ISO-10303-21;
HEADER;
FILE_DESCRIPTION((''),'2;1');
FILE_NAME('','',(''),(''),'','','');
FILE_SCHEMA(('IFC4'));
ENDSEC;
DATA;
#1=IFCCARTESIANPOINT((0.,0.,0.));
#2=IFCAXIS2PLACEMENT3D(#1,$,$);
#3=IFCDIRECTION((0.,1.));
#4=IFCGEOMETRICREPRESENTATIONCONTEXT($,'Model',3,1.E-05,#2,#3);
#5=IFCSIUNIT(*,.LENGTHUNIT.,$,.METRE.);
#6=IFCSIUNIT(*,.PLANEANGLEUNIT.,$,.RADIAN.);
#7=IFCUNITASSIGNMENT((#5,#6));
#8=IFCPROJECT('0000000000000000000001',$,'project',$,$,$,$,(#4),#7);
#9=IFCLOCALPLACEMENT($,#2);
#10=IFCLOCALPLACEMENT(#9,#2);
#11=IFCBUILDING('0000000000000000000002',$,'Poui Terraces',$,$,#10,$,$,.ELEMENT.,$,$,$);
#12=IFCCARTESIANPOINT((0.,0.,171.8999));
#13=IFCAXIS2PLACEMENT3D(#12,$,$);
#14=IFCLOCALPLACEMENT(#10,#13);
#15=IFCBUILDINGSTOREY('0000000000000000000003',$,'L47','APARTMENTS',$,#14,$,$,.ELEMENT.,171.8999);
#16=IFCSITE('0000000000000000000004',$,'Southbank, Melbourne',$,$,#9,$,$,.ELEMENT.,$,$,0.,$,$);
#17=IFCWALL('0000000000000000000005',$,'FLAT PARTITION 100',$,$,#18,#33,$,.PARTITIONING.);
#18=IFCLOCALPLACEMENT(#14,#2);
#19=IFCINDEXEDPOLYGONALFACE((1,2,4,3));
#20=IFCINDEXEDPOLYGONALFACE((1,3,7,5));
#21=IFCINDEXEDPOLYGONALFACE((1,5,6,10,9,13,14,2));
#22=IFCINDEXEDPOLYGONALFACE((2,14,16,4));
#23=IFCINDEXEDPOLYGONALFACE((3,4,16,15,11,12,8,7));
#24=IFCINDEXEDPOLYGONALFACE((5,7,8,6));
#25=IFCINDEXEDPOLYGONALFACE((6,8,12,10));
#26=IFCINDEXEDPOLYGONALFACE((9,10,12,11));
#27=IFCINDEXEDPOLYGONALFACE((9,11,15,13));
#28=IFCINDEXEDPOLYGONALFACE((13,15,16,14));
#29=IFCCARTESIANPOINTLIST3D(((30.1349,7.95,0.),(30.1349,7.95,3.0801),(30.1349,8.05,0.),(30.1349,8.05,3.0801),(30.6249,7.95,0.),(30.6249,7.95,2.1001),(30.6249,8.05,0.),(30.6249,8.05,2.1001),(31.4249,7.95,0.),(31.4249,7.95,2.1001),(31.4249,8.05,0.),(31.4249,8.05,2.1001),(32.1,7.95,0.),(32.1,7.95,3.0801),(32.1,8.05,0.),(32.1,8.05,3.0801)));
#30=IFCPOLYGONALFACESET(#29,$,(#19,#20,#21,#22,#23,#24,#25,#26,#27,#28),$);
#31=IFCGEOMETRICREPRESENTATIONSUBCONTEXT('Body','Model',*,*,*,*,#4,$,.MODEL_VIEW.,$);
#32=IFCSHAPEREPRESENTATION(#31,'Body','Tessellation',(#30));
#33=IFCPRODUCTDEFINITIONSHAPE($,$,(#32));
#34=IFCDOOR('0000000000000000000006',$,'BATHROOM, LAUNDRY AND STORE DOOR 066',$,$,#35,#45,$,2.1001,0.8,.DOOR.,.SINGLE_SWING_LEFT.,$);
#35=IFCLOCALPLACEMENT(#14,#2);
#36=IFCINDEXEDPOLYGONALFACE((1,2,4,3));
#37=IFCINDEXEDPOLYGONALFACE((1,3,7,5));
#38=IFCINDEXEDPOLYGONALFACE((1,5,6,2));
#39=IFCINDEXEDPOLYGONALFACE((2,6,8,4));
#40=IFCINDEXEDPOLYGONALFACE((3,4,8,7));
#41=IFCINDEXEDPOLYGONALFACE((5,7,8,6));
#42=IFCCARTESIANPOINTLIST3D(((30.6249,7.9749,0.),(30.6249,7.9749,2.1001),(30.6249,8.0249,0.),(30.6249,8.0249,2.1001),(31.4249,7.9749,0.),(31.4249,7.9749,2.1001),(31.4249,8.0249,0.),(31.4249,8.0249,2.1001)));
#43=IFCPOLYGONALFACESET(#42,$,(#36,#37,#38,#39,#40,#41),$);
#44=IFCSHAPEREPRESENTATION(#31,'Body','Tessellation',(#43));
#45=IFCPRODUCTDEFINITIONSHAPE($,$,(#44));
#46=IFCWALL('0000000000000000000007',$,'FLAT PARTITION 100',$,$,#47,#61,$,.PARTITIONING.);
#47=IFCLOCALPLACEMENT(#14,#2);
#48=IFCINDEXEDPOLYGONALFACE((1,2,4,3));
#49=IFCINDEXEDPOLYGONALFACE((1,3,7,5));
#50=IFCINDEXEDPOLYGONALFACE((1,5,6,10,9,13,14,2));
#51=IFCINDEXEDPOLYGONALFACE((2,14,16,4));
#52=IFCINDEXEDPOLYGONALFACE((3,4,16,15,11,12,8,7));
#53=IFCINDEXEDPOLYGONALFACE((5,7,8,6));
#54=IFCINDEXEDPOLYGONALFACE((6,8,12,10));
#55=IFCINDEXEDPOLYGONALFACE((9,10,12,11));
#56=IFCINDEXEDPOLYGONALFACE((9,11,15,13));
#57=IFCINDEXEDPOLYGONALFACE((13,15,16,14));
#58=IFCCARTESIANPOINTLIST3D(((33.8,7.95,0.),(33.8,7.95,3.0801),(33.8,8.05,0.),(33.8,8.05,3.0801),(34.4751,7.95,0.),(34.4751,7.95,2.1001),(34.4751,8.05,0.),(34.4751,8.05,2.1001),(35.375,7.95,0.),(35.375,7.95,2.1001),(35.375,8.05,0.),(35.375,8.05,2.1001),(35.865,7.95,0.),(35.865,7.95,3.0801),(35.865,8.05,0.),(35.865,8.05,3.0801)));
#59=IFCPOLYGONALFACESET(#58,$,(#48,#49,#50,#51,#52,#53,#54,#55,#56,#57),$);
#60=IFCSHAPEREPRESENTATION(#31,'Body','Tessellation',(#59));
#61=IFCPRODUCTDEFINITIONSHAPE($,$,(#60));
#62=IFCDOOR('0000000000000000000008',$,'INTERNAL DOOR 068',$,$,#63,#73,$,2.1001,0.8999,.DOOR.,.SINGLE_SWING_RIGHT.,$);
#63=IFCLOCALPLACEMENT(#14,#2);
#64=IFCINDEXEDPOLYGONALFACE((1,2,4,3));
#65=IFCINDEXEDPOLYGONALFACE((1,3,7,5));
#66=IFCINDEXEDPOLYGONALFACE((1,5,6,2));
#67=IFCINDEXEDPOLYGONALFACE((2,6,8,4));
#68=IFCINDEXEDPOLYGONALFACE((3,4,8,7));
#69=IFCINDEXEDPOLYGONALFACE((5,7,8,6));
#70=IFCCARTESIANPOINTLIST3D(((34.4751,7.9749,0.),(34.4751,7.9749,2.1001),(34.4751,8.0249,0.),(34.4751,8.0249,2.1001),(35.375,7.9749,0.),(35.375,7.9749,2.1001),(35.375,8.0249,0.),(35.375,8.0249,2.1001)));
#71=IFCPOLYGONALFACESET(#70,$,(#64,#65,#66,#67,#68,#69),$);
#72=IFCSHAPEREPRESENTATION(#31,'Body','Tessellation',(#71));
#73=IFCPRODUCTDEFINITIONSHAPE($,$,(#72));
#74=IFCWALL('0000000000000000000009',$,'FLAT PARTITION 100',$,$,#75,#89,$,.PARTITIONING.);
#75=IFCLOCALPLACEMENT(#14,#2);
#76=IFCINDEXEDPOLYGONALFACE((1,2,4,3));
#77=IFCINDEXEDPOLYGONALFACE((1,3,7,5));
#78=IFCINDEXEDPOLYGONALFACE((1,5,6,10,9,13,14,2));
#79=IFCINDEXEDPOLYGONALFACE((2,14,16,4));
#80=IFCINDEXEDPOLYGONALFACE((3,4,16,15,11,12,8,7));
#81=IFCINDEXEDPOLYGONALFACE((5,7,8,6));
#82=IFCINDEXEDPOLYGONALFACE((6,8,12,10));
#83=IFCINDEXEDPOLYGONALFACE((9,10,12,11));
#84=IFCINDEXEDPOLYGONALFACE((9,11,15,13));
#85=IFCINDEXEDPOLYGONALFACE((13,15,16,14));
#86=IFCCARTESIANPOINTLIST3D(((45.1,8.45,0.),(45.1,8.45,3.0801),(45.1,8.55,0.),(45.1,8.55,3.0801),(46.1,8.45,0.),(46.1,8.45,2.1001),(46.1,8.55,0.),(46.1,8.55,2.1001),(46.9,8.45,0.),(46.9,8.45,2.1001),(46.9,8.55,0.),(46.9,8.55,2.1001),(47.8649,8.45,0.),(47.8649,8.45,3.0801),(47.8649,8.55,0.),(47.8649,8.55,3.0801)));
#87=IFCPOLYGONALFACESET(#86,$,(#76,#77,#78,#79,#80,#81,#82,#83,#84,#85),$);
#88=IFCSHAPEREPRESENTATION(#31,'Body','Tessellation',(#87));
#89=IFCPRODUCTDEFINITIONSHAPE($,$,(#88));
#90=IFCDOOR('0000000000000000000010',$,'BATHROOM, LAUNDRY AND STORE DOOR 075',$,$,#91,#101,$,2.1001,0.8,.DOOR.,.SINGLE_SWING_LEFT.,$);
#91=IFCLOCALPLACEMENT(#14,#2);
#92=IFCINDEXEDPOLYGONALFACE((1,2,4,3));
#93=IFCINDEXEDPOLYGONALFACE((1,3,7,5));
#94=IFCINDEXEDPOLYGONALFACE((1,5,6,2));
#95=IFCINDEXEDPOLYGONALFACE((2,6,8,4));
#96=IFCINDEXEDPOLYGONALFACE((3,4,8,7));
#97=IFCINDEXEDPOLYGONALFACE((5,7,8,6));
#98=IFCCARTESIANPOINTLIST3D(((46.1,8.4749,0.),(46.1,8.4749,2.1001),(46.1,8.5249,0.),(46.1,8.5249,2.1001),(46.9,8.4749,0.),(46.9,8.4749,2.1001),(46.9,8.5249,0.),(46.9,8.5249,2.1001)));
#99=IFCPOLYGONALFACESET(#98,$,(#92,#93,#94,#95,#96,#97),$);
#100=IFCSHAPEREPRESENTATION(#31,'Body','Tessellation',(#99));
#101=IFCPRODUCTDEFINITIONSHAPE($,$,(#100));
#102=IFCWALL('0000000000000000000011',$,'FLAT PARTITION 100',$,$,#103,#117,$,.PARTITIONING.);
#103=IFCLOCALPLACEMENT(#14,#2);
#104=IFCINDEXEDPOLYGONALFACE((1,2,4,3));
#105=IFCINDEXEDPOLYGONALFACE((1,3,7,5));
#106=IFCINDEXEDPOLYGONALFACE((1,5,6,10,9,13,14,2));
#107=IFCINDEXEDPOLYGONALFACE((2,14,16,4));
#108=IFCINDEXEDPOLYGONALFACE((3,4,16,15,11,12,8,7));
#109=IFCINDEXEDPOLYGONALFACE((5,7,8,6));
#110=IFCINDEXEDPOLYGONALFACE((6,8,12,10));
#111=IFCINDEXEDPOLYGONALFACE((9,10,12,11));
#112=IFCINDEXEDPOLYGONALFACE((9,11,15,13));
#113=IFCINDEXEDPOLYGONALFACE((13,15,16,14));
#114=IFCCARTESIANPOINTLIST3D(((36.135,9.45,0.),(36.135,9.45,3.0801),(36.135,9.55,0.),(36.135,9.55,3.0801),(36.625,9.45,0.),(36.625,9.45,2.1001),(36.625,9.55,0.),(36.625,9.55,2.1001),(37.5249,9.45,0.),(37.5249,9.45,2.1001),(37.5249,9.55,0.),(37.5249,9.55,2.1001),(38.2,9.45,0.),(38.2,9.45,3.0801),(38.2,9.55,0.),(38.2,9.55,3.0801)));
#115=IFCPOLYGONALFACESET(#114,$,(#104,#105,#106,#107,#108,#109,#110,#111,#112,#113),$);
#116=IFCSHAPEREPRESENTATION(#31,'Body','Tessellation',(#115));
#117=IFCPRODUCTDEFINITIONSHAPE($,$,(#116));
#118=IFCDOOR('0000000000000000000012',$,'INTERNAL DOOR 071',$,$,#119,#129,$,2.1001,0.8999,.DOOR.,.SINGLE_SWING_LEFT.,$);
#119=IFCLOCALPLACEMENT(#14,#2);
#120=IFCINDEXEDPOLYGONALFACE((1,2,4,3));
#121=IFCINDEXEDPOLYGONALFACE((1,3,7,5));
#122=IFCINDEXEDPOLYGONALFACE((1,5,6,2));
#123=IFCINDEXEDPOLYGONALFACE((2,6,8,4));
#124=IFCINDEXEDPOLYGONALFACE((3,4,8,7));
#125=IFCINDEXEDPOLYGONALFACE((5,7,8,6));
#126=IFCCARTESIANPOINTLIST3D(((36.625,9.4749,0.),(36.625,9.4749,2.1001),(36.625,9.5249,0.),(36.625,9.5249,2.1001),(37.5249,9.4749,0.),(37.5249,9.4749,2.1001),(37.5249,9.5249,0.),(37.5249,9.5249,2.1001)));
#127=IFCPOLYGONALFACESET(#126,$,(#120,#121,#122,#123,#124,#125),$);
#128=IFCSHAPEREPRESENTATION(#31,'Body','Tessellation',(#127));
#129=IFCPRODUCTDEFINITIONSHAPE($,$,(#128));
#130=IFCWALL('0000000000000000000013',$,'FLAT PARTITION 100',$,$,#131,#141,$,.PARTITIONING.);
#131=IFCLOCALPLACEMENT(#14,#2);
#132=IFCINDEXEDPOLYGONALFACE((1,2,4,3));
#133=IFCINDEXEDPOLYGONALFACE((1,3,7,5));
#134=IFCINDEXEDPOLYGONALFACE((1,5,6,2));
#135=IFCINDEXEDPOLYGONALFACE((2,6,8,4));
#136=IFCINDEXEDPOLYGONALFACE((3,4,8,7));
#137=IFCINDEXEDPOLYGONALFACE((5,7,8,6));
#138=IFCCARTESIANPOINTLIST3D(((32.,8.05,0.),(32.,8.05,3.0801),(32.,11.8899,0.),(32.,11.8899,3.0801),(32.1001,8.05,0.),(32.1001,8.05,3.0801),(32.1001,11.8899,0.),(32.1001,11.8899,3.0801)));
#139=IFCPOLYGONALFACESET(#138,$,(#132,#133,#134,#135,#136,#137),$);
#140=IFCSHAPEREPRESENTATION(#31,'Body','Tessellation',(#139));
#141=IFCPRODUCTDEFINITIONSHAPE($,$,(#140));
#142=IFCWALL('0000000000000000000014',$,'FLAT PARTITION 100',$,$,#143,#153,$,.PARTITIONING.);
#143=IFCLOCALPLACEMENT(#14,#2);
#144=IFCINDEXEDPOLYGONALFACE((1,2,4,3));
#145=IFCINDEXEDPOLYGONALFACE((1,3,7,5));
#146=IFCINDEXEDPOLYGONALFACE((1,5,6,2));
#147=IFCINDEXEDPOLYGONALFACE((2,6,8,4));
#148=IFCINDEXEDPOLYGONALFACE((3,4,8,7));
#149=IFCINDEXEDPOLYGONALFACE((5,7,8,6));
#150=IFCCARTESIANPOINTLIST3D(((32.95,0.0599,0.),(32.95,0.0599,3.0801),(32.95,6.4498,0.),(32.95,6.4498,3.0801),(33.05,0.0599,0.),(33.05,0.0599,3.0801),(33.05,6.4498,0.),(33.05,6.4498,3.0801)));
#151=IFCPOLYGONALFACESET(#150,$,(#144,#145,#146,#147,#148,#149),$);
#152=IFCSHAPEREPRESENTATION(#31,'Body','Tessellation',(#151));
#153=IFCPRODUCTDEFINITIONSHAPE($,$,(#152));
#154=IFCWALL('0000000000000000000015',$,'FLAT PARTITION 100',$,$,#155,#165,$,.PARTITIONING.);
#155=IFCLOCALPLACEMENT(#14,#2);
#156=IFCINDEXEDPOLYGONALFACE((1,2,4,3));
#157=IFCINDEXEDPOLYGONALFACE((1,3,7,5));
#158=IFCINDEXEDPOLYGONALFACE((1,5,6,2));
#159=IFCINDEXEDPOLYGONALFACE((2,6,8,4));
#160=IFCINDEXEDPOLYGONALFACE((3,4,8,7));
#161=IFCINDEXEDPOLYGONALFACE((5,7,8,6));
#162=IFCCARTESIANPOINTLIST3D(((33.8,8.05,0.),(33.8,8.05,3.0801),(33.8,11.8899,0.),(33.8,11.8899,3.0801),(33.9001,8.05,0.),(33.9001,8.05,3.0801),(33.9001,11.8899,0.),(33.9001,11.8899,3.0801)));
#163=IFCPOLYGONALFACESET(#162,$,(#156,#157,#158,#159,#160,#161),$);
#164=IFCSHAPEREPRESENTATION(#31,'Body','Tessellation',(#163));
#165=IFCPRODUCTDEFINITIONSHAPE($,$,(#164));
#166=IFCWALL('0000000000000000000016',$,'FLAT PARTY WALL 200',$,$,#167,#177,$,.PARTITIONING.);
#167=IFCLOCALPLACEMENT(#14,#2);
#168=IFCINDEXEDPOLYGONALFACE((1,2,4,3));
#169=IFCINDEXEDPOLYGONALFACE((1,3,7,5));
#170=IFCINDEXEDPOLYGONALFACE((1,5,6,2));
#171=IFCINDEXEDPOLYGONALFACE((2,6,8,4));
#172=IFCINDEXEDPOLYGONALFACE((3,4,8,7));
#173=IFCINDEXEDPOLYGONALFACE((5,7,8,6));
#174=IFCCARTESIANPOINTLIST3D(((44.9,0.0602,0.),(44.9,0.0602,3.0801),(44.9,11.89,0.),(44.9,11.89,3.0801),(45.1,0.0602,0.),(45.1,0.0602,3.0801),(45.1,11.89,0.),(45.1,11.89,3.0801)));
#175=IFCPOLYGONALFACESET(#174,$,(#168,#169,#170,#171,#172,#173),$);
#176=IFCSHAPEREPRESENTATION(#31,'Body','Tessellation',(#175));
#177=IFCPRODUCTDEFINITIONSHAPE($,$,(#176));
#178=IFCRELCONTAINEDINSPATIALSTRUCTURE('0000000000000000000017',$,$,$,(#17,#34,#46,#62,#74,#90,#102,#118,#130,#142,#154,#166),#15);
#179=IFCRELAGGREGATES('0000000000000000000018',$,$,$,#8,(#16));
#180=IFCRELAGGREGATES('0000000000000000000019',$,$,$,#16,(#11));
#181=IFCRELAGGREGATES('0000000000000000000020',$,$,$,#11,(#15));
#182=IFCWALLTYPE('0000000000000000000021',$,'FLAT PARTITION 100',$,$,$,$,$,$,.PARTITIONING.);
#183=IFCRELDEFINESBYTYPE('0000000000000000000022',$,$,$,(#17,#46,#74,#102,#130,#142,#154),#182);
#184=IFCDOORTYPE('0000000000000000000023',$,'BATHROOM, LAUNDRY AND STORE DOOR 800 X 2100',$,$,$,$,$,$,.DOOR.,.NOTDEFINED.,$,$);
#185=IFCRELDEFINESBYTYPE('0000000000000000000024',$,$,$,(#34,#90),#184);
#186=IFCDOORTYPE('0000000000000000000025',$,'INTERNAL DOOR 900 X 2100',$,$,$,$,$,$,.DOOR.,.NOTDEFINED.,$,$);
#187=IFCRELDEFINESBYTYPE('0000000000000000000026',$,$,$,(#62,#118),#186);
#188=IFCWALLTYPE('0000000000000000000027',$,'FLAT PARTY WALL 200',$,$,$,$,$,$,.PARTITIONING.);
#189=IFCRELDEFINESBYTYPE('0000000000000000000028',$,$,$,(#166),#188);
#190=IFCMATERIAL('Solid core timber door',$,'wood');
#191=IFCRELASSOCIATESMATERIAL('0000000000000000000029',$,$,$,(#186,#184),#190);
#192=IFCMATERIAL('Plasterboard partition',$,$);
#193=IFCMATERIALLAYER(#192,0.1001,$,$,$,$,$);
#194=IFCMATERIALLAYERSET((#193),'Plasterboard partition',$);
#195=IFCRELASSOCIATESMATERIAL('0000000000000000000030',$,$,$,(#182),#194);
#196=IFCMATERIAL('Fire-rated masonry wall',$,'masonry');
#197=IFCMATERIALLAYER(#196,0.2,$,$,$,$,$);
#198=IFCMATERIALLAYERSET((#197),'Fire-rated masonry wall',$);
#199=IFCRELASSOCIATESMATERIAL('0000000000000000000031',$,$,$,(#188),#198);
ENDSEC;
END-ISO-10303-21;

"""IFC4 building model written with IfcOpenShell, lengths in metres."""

from ifc_helpers import new_model, si_unit, direction, frame, frame_2d, origin, place, context, subcontext, project, spatial, rectangle, extrude, material, layer, layer_set, type_object, element, fill, save


model = new_model("IFC4")

# Units and contexts
model_context = context("Model", 3, precision=1e-05, world=origin(), true_north=direction((0.0, 1.0)))
body_context = subcontext(model_context, "Body", "Model", "MODEL_VIEW")
ifc_project = project(units=[si_unit("LENGTHUNIT", "METRE"), si_unit("PLANEANGLEUNIT", "RADIAN")], contexts=[model_context])

# Site, building, storey
site_placement = place(None, origin())
site = spatial("IfcSite", under=ifc_project, at=site_placement, Name="Southbank, Melbourne", CompositionType="ELEMENT", RefElevation=0.0)
building_placement = place(site_placement, origin())
building = spatial("IfcBuilding", under=site, at=building_placement, Name="Poui Terraces", CompositionType="ELEMENT")
storey_placement = place(building_placement, frame((0.0, 0.0, 171.8999)))
storey = spatial("IfcBuildingStorey", under=building, at=storey_placement, Name="L47", Description="APARTMENTS", CompositionType="ELEMENT", Elevation=171.8999)

# Walls, openings, doors
ifc_material_1 = material(Name="Solid core timber door", Category="wood")
door_type_1 = type_object("IfcDoorType", Name="INTERNAL DOOR 900 X 2100", OperationType="NOTDEFINED", PredefinedType="DOOR", material=ifc_material_1)
ifc_material_2 = material(Name="Plasterboard partition")
ifc_layer_1 = layer(ifc_material_2, 0.1001)
ifc_layer_set_1 = layer_set([ifc_layer_1], Name="Plasterboard partition")
wall_type_1 = type_object("IfcWallType", Name="FLAT PARTITION 100", PredefinedType="PARTITIONING", material=ifc_layer_set_1)
wall_1_placement = place(storey_placement, frame((30.135, 8.0, 0.0), z_axis=(0.0, 0.0, 1.0), x_axis=(1.0, 0.0, 0.0)))
wall_1 = element("IfcWall", 1, at=wall_1_placement, inside=storey, type_object=wall_type_1, Name="FLAT PARTITION 100", PredefinedType="PARTITIONING", context=body_context, shape_type="SweptSolid", body=[
    extrude(rectangle(XDim=1.9651, YDim=0.1001, at=frame_2d((0.9824, 0.0))), origin(), (0.0, 0.0, 1.0), 3.0801),
])
opening_1_placement = place(wall_1_placement, frame((0.49, 0.0, 0.0)))
opening_1 = element("IfcOpeningElement", 2, at=opening_1_placement, cuts=wall_1, PredefinedType="OPENING", context=body_context, shape_type="SweptSolid", body=[
    extrude(rectangle(XDim=0.8, YDim=2.1001, at=frame_2d((0.3999, 1.05))), frame((0.0, 0.0601, 0.0), z_axis=(0.0, -1.0, 0.0), x_axis=(1.0, 0.0, 0.0)), (0.0, 0.0, 1.0), 0.1201),
])
door_type_2 = type_object("IfcDoorType", Name="BATHROOM, LAUNDRY AND STORE DOOR 800 X 2100", OperationType="NOTDEFINED", PredefinedType="DOOR", material=ifc_material_1)
door_1_placement = place(opening_1_placement, origin())
door_1 = element("IfcDoor", 3, at=door_1_placement, inside=storey, type_object=door_type_2, Name="BATHROOM, LAUNDRY AND STORE DOOR 066", OperationType="SINGLE_SWING_LEFT", OverallHeight=2.1001, OverallWidth=0.8, PredefinedType="DOOR", context=body_context, shape_type="SweptSolid", body=[
    extrude(rectangle(XDim=0.8, YDim=2.1001, at=frame_2d((0.3999, 1.05))), frame((0.0, 0.0249, 0.0), z_axis=(0.0, -1.0, 0.0), x_axis=(1.0, 0.0, 0.0)), (0.0, 0.0, 1.0), 0.05),
])
fill(opening_1, door_1)
wall_2_placement = place(storey_placement, frame((33.8, 8.0, 0.0), z_axis=(0.0, 0.0, 1.0), x_axis=(1.0, 0.0, 0.0)))
wall_2 = element("IfcWall", 4, at=wall_2_placement, inside=storey, type_object=wall_type_1, Name="FLAT PARTITION 100", PredefinedType="PARTITIONING", context=body_context, shape_type="SweptSolid", body=[
    extrude(rectangle(XDim=2.0649, YDim=0.1001, at=frame_2d((1.0325, 0.0))), origin(), (0.0, 0.0, 1.0), 3.0801),
])
opening_2_placement = place(wall_2_placement, frame((0.675, 0.0, 0.0)))
opening_2 = element("IfcOpeningElement", 5, at=opening_2_placement, cuts=wall_2, PredefinedType="OPENING", context=body_context, shape_type="SweptSolid", body=[
    extrude(rectangle(XDim=0.8999, YDim=2.1001, at=frame_2d((0.45, 1.05))), frame((0.0, 0.0601, 0.0), z_axis=(0.0, -1.0, 0.0), x_axis=(1.0, 0.0, 0.0)), (0.0, 0.0, 1.0), 0.1201),
])
door_2_placement = place(opening_2_placement, origin())
door_2 = element("IfcDoor", 6, at=door_2_placement, inside=storey, type_object=door_type_1, Name="INTERNAL DOOR 068", OperationType="SINGLE_SWING_RIGHT", OverallHeight=2.1001, OverallWidth=0.8999, PredefinedType="DOOR", context=body_context, shape_type="SweptSolid", body=[
    extrude(rectangle(XDim=0.8999, YDim=2.1001, at=frame_2d((0.45, 1.05))), frame((0.0, 0.0249, 0.0), z_axis=(0.0, -1.0, 0.0), x_axis=(1.0, 0.0, 0.0)), (0.0, 0.0, 1.0), 0.05),
])
fill(opening_2, door_2)
wall_3_placement = place(storey_placement, frame((45.1001, 8.5, 0.0), z_axis=(0.0, 0.0, 1.0), x_axis=(1.0, 0.0, 0.0)))
wall_3 = element("IfcWall", 7, at=wall_3_placement, inside=storey, type_object=wall_type_1, Name="FLAT PARTITION 100", PredefinedType="PARTITIONING", context=body_context, shape_type="SweptSolid", body=[
    extrude(rectangle(XDim=2.7649, YDim=0.1001, at=frame_2d((1.3823, 0.0))), origin(), (0.0, 0.0, 1.0), 3.0801),
])
opening_3_placement = place(wall_3_placement, frame((1.0, 0.0, 0.0)))
opening_3 = element("IfcOpeningElement", 8, at=opening_3_placement, cuts=wall_3, PredefinedType="OPENING", context=body_context, shape_type="SweptSolid", body=[
    extrude(rectangle(XDim=0.8, YDim=2.1001, at=frame_2d((0.3999, 1.05))), frame((0.0, 0.0601, 0.0), z_axis=(0.0, -1.0, 0.0), x_axis=(1.0, 0.0, 0.0)), (0.0, 0.0, 1.0), 0.1201),
])
door_3_placement = place(opening_3_placement, origin())
door_3 = element("IfcDoor", 9, at=door_3_placement, inside=storey, type_object=door_type_2, Name="BATHROOM, LAUNDRY AND STORE DOOR 075", OperationType="SINGLE_SWING_LEFT", OverallHeight=2.1001, OverallWidth=0.8, PredefinedType="DOOR", context=body_context, shape_type="SweptSolid", body=[
    extrude(rectangle(XDim=0.8, YDim=2.1001, at=frame_2d((0.3999, 1.05))), frame((0.0, 0.0249, 0.0), z_axis=(0.0, -1.0, 0.0), x_axis=(1.0, 0.0, 0.0)), (0.0, 0.0, 1.0), 0.05),
])
fill(opening_3, door_3)
wall_4_placement = place(storey_placement, frame((36.135, 9.5, 0.0), z_axis=(0.0, 0.0, 1.0), x_axis=(1.0, 0.0, 0.0)))
wall_4 = element("IfcWall", 10, at=wall_4_placement, inside=storey, type_object=wall_type_1, Name="FLAT PARTITION 100", PredefinedType="PARTITIONING", context=body_context, shape_type="SweptSolid", body=[
    extrude(rectangle(XDim=2.0649, YDim=0.1001, at=frame_2d((1.0325, 0.0))), origin(), (0.0, 0.0, 1.0), 3.0801),
])
opening_4_placement = place(wall_4_placement, frame((0.49, 0.0, 0.0)))
opening_4 = element("IfcOpeningElement", 11, at=opening_4_placement, cuts=wall_4, PredefinedType="OPENING", context=body_context, shape_type="SweptSolid", body=[
    extrude(rectangle(XDim=0.8999, YDim=2.1001, at=frame_2d((0.45, 1.05))), frame((0.0, 0.0601, 0.0), z_axis=(0.0, -1.0, 0.0), x_axis=(1.0, 0.0, 0.0)), (0.0, 0.0, 1.0), 0.1201),
])
door_4_placement = place(opening_4_placement, origin())
door_4 = element("IfcDoor", 12, at=door_4_placement, inside=storey, type_object=door_type_1, Name="INTERNAL DOOR 071", OperationType="SINGLE_SWING_LEFT", OverallHeight=2.1001, OverallWidth=0.8999, PredefinedType="DOOR", context=body_context, shape_type="SweptSolid", body=[
    extrude(rectangle(XDim=0.8999, YDim=2.1001, at=frame_2d((0.45, 1.05))), frame((0.0, 0.0249, 0.0), z_axis=(0.0, -1.0, 0.0), x_axis=(1.0, 0.0, 0.0)), (0.0, 0.0, 1.0), 0.05),
])
fill(opening_4, door_4)

# Walls
wall_5_placement = place(storey_placement, frame((32.05, 8.05, 0.0), z_axis=(0.0, 0.0, 1.0), x_axis=(0.0, 1.0, 0.0)))
element("IfcWall", 13, at=wall_5_placement, inside=storey, type_object=wall_type_1, Name="FLAT PARTITION 100", PredefinedType="PARTITIONING", context=body_context, shape_type="SweptSolid", body=[
    extrude(rectangle(XDim=3.8398, YDim=0.1001, at=frame_2d((1.9199, 0.0))), origin(), (0.0, 0.0, 1.0), 3.0801),
])
wall_6_placement = place(storey_placement, frame((33.0, 0.0601, 0.0), z_axis=(0.0, 0.0, 1.0), x_axis=(0.0, 1.0, 0.0)))
element("IfcWall", 14, at=wall_6_placement, inside=storey, type_object=wall_type_1, Name="FLAT PARTITION 100", PredefinedType="PARTITIONING", context=body_context, shape_type="SweptSolid", body=[
    extrude(rectangle(XDim=6.3899, YDim=0.1001, at=frame_2d((3.1948, 0.0))), origin(), (0.0, 0.0, 1.0), 3.0801),
])
wall_7_placement = place(storey_placement, frame((33.8501, 8.05, 0.0), z_axis=(0.0, 0.0, 1.0), x_axis=(0.0, 1.0, 0.0)))
element("IfcWall", 15, at=wall_7_placement, inside=storey, type_object=wall_type_1, Name="FLAT PARTITION 100", PredefinedType="PARTITIONING", context=body_context, shape_type="SweptSolid", body=[
    extrude(rectangle(XDim=3.8398, YDim=0.1001, at=frame_2d((1.9199, 0.0))), origin(), (0.0, 0.0, 1.0), 3.0801),
])
ifc_material_3 = material(Name="Fire-rated masonry wall", Category="masonry")
ifc_layer_2 = layer(ifc_material_3, 0.2)
ifc_layer_set_2 = layer_set([ifc_layer_2], Name="Fire-rated masonry wall")
wall_type_2 = type_object("IfcWallType", Name="FLAT PARTY WALL 200", PredefinedType="PARTITIONING", material=ifc_layer_set_2)
wall_8_placement = place(storey_placement, frame((45.0, 0.0601, 0.0), z_axis=(0.0, 0.0, 1.0), x_axis=(0.0, 1.0, 0.0)))
element("IfcWall", 16, at=wall_8_placement, inside=storey, type_object=wall_type_2, Name="FLAT PARTY WALL 200", PredefinedType="PARTITIONING", context=body_context, shape_type="SweptSolid", body=[
    extrude(rectangle(XDim=11.8298, YDim=0.2, at=frame_2d((5.915, 0.0))), origin(), (0.0, 0.0, 1.0), 3.0801),
])

save(model, "model.ifc")
